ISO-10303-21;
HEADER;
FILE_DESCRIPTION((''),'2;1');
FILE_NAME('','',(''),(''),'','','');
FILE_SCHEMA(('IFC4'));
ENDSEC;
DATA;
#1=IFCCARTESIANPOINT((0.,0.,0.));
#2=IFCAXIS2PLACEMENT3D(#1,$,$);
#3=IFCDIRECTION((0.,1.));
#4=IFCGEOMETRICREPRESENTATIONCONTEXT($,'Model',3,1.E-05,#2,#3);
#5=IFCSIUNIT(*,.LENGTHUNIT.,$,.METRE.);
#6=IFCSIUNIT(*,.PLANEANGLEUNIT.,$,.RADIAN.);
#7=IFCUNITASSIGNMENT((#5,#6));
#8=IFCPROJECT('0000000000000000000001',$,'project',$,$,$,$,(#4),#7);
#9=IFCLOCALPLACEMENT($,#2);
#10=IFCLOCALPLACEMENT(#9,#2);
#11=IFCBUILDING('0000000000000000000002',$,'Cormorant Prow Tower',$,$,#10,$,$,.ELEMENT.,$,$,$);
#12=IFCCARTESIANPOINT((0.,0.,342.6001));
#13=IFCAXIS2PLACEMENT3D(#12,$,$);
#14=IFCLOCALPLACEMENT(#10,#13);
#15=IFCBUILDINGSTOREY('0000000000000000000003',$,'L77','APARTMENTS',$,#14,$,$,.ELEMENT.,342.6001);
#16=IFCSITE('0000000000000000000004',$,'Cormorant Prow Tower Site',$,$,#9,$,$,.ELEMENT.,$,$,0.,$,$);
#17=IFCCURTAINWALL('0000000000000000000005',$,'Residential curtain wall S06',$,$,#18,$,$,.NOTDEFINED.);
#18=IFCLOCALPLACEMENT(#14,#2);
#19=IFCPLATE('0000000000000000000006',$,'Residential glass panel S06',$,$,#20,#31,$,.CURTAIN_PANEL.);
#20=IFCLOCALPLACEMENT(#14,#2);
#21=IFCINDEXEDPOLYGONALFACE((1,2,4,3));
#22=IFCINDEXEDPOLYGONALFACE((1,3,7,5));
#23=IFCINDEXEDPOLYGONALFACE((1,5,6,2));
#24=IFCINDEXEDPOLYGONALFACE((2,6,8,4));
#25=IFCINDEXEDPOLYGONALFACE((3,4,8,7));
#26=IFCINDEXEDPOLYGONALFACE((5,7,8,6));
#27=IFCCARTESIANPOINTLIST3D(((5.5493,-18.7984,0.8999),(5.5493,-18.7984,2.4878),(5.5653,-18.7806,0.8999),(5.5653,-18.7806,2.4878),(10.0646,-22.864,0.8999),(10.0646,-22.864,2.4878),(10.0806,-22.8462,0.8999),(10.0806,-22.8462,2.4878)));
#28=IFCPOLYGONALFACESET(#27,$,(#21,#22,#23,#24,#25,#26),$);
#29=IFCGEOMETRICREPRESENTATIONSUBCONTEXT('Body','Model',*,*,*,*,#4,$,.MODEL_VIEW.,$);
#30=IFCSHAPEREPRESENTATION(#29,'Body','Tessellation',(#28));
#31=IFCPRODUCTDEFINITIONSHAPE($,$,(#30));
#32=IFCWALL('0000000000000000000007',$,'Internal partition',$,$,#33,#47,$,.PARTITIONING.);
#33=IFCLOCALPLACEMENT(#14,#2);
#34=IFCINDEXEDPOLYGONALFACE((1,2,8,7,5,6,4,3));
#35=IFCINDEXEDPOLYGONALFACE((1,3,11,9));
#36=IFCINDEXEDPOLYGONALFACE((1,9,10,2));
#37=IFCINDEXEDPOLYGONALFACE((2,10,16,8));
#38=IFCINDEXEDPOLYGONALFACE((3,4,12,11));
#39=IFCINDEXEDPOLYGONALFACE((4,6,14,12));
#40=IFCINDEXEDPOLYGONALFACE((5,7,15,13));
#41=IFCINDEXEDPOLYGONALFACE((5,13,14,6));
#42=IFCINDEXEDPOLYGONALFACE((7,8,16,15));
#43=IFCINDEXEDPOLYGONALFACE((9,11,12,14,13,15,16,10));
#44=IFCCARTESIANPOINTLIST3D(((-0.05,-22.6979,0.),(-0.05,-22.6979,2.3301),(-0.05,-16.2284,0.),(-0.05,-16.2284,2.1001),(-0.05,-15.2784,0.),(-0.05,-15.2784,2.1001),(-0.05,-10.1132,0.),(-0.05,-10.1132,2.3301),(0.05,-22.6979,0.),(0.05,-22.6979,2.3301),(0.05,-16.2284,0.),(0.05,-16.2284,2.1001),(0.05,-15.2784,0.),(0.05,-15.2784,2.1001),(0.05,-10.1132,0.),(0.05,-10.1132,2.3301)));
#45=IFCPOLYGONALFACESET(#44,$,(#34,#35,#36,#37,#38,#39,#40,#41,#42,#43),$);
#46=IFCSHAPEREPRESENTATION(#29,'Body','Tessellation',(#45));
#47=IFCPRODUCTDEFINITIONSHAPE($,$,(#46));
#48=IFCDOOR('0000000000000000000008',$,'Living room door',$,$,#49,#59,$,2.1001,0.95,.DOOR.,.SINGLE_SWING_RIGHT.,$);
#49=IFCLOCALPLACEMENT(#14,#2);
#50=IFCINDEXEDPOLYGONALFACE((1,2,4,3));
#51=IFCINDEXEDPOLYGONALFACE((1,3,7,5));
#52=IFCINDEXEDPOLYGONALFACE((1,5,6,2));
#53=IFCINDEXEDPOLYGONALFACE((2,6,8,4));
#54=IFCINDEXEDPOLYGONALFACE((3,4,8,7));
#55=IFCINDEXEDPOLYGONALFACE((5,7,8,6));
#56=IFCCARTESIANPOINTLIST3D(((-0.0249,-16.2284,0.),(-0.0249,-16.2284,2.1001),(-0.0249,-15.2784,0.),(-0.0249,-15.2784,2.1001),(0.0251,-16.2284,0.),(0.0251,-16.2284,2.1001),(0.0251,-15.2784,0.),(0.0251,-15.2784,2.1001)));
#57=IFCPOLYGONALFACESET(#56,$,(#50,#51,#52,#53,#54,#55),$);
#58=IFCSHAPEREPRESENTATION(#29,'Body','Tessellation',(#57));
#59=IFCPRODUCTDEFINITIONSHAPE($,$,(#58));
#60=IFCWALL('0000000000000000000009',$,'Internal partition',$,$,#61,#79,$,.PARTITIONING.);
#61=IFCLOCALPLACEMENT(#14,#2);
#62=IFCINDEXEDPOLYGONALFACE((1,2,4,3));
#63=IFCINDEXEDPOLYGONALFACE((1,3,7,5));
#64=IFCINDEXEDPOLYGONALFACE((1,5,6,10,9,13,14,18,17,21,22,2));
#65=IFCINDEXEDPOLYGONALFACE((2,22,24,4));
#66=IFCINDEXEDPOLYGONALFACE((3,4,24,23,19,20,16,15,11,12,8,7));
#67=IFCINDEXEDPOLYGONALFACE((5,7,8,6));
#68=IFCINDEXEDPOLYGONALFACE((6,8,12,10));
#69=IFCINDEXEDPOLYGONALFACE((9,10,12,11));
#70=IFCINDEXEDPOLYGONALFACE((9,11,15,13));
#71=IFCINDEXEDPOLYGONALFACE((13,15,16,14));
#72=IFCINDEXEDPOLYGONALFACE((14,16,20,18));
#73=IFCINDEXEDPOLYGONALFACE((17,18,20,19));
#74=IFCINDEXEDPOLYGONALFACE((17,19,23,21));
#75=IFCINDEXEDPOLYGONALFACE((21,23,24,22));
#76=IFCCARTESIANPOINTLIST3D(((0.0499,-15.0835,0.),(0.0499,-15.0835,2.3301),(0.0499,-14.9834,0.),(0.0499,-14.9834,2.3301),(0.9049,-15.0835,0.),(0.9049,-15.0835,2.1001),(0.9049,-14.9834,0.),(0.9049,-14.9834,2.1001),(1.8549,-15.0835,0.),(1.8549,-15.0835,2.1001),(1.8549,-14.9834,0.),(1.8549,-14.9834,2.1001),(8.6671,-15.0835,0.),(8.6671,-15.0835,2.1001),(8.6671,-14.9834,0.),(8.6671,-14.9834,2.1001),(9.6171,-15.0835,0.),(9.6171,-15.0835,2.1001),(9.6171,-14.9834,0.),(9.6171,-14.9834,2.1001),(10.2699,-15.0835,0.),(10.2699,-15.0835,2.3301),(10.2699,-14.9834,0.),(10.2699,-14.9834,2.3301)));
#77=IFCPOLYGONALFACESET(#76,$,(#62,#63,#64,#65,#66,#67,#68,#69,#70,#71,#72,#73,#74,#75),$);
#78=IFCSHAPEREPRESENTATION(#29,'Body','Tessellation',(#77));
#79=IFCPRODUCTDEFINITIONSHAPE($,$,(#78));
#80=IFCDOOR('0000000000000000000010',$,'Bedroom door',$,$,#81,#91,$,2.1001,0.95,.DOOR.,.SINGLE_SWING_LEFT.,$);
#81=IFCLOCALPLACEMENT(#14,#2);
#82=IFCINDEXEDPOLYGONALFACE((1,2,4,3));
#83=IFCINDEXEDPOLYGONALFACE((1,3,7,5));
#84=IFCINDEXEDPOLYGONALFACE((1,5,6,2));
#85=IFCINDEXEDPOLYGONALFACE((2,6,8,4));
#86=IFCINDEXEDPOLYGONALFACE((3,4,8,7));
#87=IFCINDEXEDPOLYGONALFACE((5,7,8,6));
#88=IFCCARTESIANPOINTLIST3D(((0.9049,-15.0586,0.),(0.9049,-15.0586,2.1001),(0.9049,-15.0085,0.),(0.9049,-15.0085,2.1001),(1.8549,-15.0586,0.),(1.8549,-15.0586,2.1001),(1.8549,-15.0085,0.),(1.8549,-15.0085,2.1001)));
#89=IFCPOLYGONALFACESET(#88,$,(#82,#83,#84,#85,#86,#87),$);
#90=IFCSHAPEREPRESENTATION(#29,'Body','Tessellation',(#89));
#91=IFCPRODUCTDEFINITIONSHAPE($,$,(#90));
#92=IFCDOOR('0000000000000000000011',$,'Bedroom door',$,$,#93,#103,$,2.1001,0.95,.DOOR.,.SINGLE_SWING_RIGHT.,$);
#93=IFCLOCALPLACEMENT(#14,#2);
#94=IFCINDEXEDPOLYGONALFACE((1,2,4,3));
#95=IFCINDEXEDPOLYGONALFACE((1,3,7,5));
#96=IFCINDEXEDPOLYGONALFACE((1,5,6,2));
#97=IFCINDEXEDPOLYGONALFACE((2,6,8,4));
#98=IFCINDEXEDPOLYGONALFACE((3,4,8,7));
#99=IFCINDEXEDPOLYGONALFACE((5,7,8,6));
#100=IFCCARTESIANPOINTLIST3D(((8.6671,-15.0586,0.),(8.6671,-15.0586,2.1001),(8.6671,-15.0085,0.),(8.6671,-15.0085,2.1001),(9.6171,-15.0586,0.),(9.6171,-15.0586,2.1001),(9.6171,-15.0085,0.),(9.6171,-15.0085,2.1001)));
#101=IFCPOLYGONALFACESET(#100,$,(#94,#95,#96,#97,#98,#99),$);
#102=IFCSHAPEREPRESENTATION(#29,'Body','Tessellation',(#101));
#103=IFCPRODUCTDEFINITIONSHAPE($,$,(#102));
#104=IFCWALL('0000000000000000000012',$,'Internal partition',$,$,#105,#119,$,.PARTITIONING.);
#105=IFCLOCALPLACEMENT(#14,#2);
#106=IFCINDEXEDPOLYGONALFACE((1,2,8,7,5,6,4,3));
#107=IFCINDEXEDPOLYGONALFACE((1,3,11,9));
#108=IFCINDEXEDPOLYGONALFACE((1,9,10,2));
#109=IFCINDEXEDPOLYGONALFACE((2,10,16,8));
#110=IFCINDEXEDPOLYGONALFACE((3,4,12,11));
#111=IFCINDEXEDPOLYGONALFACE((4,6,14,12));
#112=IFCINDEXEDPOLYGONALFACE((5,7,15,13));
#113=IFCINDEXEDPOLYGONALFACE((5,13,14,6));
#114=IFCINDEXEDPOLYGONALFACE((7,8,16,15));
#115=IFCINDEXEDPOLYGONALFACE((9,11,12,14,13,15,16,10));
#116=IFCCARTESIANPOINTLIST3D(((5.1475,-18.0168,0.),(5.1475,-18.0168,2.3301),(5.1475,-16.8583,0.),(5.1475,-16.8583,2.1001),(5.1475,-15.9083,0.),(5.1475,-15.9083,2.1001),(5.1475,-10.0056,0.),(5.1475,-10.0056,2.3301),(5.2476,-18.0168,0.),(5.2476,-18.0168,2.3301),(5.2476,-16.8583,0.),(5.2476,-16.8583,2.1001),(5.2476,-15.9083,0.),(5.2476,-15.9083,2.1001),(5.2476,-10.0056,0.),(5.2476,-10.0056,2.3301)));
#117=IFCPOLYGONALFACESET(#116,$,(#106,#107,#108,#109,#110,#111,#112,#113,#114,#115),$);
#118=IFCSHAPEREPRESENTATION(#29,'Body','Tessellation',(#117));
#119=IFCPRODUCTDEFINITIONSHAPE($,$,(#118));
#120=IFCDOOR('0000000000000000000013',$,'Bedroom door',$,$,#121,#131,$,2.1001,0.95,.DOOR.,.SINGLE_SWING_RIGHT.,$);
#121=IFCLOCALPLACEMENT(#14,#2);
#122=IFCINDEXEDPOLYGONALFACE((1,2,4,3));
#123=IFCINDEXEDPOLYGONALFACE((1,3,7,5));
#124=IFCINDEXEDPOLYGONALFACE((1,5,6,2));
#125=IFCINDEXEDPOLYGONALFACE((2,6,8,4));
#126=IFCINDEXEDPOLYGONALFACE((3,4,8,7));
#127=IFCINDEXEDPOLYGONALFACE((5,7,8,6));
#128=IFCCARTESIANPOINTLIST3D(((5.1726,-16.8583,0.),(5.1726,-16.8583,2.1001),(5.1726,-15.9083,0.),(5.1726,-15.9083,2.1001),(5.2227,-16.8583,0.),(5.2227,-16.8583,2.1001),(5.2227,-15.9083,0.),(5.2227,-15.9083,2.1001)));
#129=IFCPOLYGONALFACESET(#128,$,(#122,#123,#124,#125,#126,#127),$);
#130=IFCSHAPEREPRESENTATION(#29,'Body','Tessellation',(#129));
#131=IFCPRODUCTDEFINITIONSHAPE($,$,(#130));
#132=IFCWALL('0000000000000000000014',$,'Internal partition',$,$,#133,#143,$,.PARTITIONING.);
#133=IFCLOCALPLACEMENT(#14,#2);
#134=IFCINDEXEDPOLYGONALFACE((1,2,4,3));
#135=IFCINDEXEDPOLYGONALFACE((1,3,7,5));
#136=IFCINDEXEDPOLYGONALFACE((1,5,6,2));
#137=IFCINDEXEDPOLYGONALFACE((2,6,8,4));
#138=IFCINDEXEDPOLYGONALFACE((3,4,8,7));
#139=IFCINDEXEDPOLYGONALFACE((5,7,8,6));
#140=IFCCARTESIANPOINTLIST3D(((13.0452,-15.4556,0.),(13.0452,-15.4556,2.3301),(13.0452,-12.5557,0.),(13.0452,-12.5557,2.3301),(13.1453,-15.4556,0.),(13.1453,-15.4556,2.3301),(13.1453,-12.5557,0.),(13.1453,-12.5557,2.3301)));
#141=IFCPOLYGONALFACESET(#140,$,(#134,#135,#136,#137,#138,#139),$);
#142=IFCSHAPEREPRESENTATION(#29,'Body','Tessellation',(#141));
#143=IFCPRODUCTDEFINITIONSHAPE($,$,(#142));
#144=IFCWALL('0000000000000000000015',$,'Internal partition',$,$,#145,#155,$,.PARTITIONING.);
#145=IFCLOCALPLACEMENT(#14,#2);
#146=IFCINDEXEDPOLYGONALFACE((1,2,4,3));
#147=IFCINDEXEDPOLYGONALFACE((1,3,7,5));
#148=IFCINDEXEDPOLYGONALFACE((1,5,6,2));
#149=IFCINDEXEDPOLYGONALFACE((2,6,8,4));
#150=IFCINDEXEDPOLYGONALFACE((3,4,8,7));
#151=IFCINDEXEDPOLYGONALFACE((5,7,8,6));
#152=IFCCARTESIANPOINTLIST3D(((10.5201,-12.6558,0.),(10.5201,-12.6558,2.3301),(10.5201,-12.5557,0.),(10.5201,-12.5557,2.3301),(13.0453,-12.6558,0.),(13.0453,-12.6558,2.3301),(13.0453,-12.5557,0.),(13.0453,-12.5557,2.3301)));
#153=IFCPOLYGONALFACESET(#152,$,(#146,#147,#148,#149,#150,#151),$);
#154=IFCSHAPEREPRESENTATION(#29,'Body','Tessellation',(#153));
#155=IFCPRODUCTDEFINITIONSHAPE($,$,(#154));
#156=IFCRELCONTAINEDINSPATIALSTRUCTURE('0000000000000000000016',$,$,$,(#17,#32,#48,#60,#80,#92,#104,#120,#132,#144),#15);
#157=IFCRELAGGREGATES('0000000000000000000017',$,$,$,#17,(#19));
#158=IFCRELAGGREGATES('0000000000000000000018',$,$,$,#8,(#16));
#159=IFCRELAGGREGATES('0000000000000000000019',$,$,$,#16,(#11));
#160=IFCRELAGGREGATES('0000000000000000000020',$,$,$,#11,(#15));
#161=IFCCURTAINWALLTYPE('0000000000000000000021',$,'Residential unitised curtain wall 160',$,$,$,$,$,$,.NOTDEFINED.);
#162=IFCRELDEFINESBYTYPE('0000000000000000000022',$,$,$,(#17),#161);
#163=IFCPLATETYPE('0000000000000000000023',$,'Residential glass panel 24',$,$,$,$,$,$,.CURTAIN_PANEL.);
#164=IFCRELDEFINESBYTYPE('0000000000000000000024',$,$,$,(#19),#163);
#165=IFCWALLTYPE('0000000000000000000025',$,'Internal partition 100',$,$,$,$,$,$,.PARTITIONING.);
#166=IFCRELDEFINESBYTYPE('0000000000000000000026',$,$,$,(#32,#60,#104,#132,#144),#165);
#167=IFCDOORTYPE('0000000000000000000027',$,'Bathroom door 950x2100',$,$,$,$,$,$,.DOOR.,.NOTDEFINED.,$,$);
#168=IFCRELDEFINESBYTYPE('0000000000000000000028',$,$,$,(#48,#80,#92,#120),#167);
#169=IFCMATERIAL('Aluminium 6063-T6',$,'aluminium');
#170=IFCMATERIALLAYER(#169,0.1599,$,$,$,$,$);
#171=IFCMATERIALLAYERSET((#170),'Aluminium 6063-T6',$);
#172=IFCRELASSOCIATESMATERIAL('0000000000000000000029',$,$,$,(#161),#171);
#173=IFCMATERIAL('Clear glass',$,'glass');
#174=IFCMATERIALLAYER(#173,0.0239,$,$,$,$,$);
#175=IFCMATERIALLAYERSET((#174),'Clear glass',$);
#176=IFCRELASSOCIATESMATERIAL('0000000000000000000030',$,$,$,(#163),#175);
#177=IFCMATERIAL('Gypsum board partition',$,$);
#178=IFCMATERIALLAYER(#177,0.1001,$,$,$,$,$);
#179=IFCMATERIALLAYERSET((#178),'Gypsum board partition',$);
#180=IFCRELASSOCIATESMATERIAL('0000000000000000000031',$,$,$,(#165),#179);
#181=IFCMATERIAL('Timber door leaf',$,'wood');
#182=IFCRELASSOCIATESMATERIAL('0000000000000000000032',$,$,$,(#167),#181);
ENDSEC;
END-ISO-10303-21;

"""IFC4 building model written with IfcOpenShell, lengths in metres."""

from ifc_helpers import new_model, si_unit, direction, frame, frame_2d, origin, origin_2d, place, context, subcontext, project, spatial, rectangle, extrude, material, layer, layer_set, type_object, element, fill, aggregate, save


model = new_model("IFC4")

# Units and contexts
model_context = context("Model", 3, precision=1e-05, world=origin(), true_north=direction((0.0, 1.0)))
body_context = subcontext(model_context, "Body", "Model", "MODEL_VIEW")
ifc_project = project(units=[si_unit("LENGTHUNIT", "METRE"), si_unit("PLANEANGLEUNIT", "RADIAN")], contexts=[model_context])

# Site, building, storey
site_placement = place(None, origin())
site = spatial("IfcSite", under=ifc_project, at=site_placement, Name="Cormorant Prow Tower Site", CompositionType="ELEMENT", RefElevation=0.0)
building_placement = place(site_placement, origin())
building = spatial("IfcBuilding", under=site, at=building_placement, Name="Cormorant Prow Tower", CompositionType="ELEMENT")
storey_placement = place(building_placement, frame((0.0, 0.0, 342.6001)))
storey = spatial("IfcBuildingStorey", under=building, at=storey_placement, Name="L77", Description="APARTMENTS", CompositionType="ELEMENT", Elevation=342.6001)

# Curtain wall
ifc_material_1 = material(Name="Aluminium 6063-T6", Category="aluminium")
ifc_layer_1 = layer(ifc_material_1, 0.1599)
ifc_layer_set_1 = layer_set([ifc_layer_1], Name="Aluminium 6063-T6")
curtain_wall_type = type_object("IfcCurtainWallType", Name="Residential unitised curtain wall 160", PredefinedType="NOTDEFINED", material=ifc_layer_set_1)
curtain_wall_placement = place(storey_placement, origin())
curtain_wall = element("IfcCurtainWall", 1, at=curtain_wall_placement, inside=storey, type_object=curtain_wall_type, Name="Residential curtain wall S06", PredefinedType="NOTDEFINED")

# Plate
ifc_material_2 = material(Name="Clear glass", Category="glass")
ifc_layer_2 = layer(ifc_material_2, 0.0239)
ifc_layer_set_2 = layer_set([ifc_layer_2], Name="Clear glass")
plate_type = type_object("IfcPlateType", Name="Residential glass panel 24", PredefinedType="CURTAIN_PANEL", material=ifc_layer_set_2)
plate_placement = place(storey_placement, frame((7.8149, -20.8223, 0.8999), z_axis=(0.0, 0.0, 1.0), x_axis=(0.743145, -0.669131, 0.0)))
plate = element("IfcPlate", 2, at=plate_placement, type_object=plate_type, Name="Residential glass panel S06", PredefinedType="CURTAIN_PANEL", context=body_context, shape_type="SweptSolid", body=[
    extrude(rectangle(XDim=6.0759, YDim=0.0239, at=origin_2d()), origin(), (0.0, 0.0, 1.0), 1.5879),
])
aggregate(curtain_wall, [plate])

# Wall, opening, door
ifc_material_3 = material(Name="Gypsum board partition")
ifc_layer_3 = layer(ifc_material_3, 0.1001)
ifc_layer_set_3 = layer_set([ifc_layer_3], Name="Gypsum board partition")
wall_type_1 = type_object("IfcWallType", Name="Internal partition 100", PredefinedType="PARTITIONING", material=ifc_layer_set_3)
wall_1_placement = place(storey_placement, frame((0.0, -22.698, 0.0), z_axis=(0.0, 0.0, 1.0), x_axis=(0.0, 1.0, 0.0)))
wall_1 = element("IfcWall", 3, at=wall_1_placement, inside=storey, type_object=wall_type_1, Name="Internal partition", PredefinedType="PARTITIONING", context=body_context, shape_type="SweptSolid", body=[
    extrude(rectangle(XDim=12.5847, YDim=0.1001, at=frame_2d((6.2925, 0.0))), origin(), (0.0, 0.0, 1.0), 2.3301),
])
opening_1_placement = place(wall_1_placement, frame((6.4695, 0.0, 0.0)))
opening_1 = element("IfcOpeningElement", 4, at=opening_1_placement, cuts=wall_1, PredefinedType="OPENING", context=body_context, shape_type="SweptSolid", body=[
    extrude(rectangle(XDim=0.95, YDim=2.1001, at=frame_2d((0.4751, 1.05))), frame((0.0, 0.0601, 0.0), z_axis=(0.0, -1.0, 0.0), x_axis=(1.0, 0.0, 0.0)), (0.0, 0.0, 1.0), 0.1201),
])
ifc_material_4 = material(Name="Timber door leaf", Category="wood")
door_type_1 = type_object("IfcDoorType", Name="Bathroom door 950x2100", OperationType="NOTDEFINED", PredefinedType="DOOR", material=ifc_material_4)
door_1_placement = place(opening_1_placement, origin())
door_1 = element("IfcDoor", 5, at=door_1_placement, inside=storey, type_object=door_type_1, Name="Living room door", OperationType="SINGLE_SWING_RIGHT", OverallHeight=2.1001, OverallWidth=0.95, PredefinedType="DOOR", context=body_context, shape_type="SweptSolid", body=[
    extrude(rectangle(XDim=0.95, YDim=2.1001, at=frame_2d((0.4751, 1.05))), frame((0.0, 0.0249, 0.0), z_axis=(0.0, -1.0, 0.0), x_axis=(1.0, 0.0, 0.0)), (0.0, 0.0, 1.0), 0.05),
])
fill(opening_1, door_1)

# Wall, openings, doors
wall_2_placement = place(storey_placement, frame((0.05, -15.0334, 0.0), z_axis=(0.0, 0.0, 1.0), x_axis=(1.0, 0.0, 0.0)))
wall_2 = element("IfcWall", 6, at=wall_2_placement, inside=storey, type_object=wall_type_1, Name="Internal partition", PredefinedType="PARTITIONING", context=body_context, shape_type="SweptSolid", body=[
    extrude(rectangle(XDim=10.22, YDim=0.1001, at=frame_2d((5.1099, 0.0))), origin(), (0.0, 0.0, 1.0), 2.3301),
])
opening_2_placement = place(wall_2_placement, frame((0.8547, 0.0, 0.0)))
opening_2 = element("IfcOpeningElement", 7, at=opening_2_placement, cuts=wall_2, PredefinedType="OPENING", context=body_context, shape_type="SweptSolid", body=[
    extrude(rectangle(XDim=0.95, YDim=2.1001, at=frame_2d((0.4751, 1.05))), frame((0.0, 0.0601, 0.0), z_axis=(0.0, -1.0, 0.0), x_axis=(1.0, 0.0, 0.0)), (0.0, 0.0, 1.0), 0.1201),
])
opening_3_placement = place(wall_2_placement, frame((8.6169, 0.0, 0.0)))
opening_3 = element("IfcOpeningElement", 8, at=opening_3_placement, cuts=wall_2, PredefinedType="OPENING", context=body_context, shape_type="SweptSolid", body=[
    extrude(rectangle(XDim=0.95, YDim=2.1001, at=frame_2d((0.4751, 1.05))), frame((0.0, 0.0601, 0.0), z_axis=(0.0, -1.0, 0.0), x_axis=(1.0, 0.0, 0.0)), (0.0, 0.0, 1.0), 0.1201),
])
door_2_placement = place(opening_2_placement, origin())
door_2 = element("IfcDoor", 9, at=door_2_placement, inside=storey, type_object=door_type_1, Name="Bedroom door", OperationType="SINGLE_SWING_LEFT", OverallHeight=2.1001, OverallWidth=0.95, PredefinedType="DOOR", context=body_context, shape_type="SweptSolid", body=[
    extrude(rectangle(XDim=0.95, YDim=2.1001, at=frame_2d((0.4751, 1.05))), frame((0.0, 0.0249, 0.0), z_axis=(0.0, -1.0, 0.0), x_axis=(1.0, 0.0, 0.0)), (0.0, 0.0, 1.0), 0.05),
])
fill(opening_2, door_2)
door_3_placement = place(opening_3_placement, origin())
door_3 = element("IfcDoor", 10, at=door_3_placement, inside=storey, type_object=door_type_1, Name="Bedroom door", OperationType="SINGLE_SWING_RIGHT", OverallHeight=2.1001, OverallWidth=0.95, PredefinedType="DOOR", context=body_context, shape_type="SweptSolid", body=[
    extrude(rectangle(XDim=0.95, YDim=2.1001, at=frame_2d((0.4751, 1.05))), frame((0.0, 0.0249, 0.0), z_axis=(0.0, -1.0, 0.0), x_axis=(1.0, 0.0, 0.0)), (0.0, 0.0, 1.0), 0.05),
])
fill(opening_3, door_3)

# Wall, opening, door
wall_3_placement = place(storey_placement, frame((5.1975, -18.0168, 0.0), z_axis=(0.0, 0.0, 1.0), x_axis=(0.0, 1.0, 0.0)))
wall_3 = element("IfcWall", 11, at=wall_3_placement, inside=storey, type_object=wall_type_1, Name="Internal partition", PredefinedType="PARTITIONING", context=body_context, shape_type="SweptSolid", body=[
    extrude(rectangle(XDim=8.0112, YDim=0.1001, at=frame_2d((4.0056, 0.0))), origin(), (0.0, 0.0, 1.0), 2.3301),
])
opening_4_placement = place(wall_3_placement, frame((1.1584, 0.0, 0.0)))
opening_4 = element("IfcOpeningElement", 12, at=opening_4_placement, cuts=wall_3, PredefinedType="OPENING", context=body_context, shape_type="SweptSolid", body=[
    extrude(rectangle(XDim=0.95, YDim=2.1001, at=frame_2d((0.4751, 1.05))), frame((0.0, 0.0601, 0.0), z_axis=(0.0, -1.0, 0.0), x_axis=(1.0, 0.0, 0.0)), (0.0, 0.0, 1.0), 0.1201),
])
door_4_placement = place(opening_4_placement, origin())
door_4 = element("IfcDoor", 13, at=door_4_placement, inside=storey, type_object=door_type_1, Name="Bedroom door", OperationType="SINGLE_SWING_RIGHT", OverallHeight=2.1001, OverallWidth=0.95, PredefinedType="DOOR", context=body_context, shape_type="SweptSolid", body=[
    extrude(rectangle(XDim=0.95, YDim=2.1001, at=frame_2d((0.4751, 1.05))), frame((0.0, 0.0249, 0.0), z_axis=(0.0, -1.0, 0.0), x_axis=(1.0, 0.0, 0.0)), (0.0, 0.0, 1.0), 0.05),
])
fill(opening_4, door_4)

# Walls
wall_4_placement = place(storey_placement, frame((13.0952, -15.4556, 0.0), z_axis=(0.0, 0.0, 1.0), x_axis=(0.0, 1.0, 0.0)))
element("IfcWall", 14, at=wall_4_placement, inside=storey, type_object=wall_type_1, Name="Internal partition", PredefinedType="PARTITIONING", context=body_context, shape_type="SweptSolid", body=[
    extrude(rectangle(XDim=2.8999, YDim=0.1001, at=frame_2d((1.45, 0.0))), origin(), (0.0, 0.0, 1.0), 2.3301),
])
wall_5_placement = place(storey_placement, frame((10.52, -12.6057, 0.0), z_axis=(0.0, 0.0, 1.0), x_axis=(1.0, 0.0, 0.0)))
element("IfcWall", 15, at=wall_5_placement, inside=storey, type_object=wall_type_1, Name="Internal partition", PredefinedType="PARTITIONING", context=body_context, shape_type="SweptSolid", body=[
    extrude(rectangle(XDim=2.5251, YDim=0.1001, at=frame_2d((1.2627, 0.0))), origin(), (0.0, 0.0, 1.0), 2.3301),
])

save(model, "model.ifc")
